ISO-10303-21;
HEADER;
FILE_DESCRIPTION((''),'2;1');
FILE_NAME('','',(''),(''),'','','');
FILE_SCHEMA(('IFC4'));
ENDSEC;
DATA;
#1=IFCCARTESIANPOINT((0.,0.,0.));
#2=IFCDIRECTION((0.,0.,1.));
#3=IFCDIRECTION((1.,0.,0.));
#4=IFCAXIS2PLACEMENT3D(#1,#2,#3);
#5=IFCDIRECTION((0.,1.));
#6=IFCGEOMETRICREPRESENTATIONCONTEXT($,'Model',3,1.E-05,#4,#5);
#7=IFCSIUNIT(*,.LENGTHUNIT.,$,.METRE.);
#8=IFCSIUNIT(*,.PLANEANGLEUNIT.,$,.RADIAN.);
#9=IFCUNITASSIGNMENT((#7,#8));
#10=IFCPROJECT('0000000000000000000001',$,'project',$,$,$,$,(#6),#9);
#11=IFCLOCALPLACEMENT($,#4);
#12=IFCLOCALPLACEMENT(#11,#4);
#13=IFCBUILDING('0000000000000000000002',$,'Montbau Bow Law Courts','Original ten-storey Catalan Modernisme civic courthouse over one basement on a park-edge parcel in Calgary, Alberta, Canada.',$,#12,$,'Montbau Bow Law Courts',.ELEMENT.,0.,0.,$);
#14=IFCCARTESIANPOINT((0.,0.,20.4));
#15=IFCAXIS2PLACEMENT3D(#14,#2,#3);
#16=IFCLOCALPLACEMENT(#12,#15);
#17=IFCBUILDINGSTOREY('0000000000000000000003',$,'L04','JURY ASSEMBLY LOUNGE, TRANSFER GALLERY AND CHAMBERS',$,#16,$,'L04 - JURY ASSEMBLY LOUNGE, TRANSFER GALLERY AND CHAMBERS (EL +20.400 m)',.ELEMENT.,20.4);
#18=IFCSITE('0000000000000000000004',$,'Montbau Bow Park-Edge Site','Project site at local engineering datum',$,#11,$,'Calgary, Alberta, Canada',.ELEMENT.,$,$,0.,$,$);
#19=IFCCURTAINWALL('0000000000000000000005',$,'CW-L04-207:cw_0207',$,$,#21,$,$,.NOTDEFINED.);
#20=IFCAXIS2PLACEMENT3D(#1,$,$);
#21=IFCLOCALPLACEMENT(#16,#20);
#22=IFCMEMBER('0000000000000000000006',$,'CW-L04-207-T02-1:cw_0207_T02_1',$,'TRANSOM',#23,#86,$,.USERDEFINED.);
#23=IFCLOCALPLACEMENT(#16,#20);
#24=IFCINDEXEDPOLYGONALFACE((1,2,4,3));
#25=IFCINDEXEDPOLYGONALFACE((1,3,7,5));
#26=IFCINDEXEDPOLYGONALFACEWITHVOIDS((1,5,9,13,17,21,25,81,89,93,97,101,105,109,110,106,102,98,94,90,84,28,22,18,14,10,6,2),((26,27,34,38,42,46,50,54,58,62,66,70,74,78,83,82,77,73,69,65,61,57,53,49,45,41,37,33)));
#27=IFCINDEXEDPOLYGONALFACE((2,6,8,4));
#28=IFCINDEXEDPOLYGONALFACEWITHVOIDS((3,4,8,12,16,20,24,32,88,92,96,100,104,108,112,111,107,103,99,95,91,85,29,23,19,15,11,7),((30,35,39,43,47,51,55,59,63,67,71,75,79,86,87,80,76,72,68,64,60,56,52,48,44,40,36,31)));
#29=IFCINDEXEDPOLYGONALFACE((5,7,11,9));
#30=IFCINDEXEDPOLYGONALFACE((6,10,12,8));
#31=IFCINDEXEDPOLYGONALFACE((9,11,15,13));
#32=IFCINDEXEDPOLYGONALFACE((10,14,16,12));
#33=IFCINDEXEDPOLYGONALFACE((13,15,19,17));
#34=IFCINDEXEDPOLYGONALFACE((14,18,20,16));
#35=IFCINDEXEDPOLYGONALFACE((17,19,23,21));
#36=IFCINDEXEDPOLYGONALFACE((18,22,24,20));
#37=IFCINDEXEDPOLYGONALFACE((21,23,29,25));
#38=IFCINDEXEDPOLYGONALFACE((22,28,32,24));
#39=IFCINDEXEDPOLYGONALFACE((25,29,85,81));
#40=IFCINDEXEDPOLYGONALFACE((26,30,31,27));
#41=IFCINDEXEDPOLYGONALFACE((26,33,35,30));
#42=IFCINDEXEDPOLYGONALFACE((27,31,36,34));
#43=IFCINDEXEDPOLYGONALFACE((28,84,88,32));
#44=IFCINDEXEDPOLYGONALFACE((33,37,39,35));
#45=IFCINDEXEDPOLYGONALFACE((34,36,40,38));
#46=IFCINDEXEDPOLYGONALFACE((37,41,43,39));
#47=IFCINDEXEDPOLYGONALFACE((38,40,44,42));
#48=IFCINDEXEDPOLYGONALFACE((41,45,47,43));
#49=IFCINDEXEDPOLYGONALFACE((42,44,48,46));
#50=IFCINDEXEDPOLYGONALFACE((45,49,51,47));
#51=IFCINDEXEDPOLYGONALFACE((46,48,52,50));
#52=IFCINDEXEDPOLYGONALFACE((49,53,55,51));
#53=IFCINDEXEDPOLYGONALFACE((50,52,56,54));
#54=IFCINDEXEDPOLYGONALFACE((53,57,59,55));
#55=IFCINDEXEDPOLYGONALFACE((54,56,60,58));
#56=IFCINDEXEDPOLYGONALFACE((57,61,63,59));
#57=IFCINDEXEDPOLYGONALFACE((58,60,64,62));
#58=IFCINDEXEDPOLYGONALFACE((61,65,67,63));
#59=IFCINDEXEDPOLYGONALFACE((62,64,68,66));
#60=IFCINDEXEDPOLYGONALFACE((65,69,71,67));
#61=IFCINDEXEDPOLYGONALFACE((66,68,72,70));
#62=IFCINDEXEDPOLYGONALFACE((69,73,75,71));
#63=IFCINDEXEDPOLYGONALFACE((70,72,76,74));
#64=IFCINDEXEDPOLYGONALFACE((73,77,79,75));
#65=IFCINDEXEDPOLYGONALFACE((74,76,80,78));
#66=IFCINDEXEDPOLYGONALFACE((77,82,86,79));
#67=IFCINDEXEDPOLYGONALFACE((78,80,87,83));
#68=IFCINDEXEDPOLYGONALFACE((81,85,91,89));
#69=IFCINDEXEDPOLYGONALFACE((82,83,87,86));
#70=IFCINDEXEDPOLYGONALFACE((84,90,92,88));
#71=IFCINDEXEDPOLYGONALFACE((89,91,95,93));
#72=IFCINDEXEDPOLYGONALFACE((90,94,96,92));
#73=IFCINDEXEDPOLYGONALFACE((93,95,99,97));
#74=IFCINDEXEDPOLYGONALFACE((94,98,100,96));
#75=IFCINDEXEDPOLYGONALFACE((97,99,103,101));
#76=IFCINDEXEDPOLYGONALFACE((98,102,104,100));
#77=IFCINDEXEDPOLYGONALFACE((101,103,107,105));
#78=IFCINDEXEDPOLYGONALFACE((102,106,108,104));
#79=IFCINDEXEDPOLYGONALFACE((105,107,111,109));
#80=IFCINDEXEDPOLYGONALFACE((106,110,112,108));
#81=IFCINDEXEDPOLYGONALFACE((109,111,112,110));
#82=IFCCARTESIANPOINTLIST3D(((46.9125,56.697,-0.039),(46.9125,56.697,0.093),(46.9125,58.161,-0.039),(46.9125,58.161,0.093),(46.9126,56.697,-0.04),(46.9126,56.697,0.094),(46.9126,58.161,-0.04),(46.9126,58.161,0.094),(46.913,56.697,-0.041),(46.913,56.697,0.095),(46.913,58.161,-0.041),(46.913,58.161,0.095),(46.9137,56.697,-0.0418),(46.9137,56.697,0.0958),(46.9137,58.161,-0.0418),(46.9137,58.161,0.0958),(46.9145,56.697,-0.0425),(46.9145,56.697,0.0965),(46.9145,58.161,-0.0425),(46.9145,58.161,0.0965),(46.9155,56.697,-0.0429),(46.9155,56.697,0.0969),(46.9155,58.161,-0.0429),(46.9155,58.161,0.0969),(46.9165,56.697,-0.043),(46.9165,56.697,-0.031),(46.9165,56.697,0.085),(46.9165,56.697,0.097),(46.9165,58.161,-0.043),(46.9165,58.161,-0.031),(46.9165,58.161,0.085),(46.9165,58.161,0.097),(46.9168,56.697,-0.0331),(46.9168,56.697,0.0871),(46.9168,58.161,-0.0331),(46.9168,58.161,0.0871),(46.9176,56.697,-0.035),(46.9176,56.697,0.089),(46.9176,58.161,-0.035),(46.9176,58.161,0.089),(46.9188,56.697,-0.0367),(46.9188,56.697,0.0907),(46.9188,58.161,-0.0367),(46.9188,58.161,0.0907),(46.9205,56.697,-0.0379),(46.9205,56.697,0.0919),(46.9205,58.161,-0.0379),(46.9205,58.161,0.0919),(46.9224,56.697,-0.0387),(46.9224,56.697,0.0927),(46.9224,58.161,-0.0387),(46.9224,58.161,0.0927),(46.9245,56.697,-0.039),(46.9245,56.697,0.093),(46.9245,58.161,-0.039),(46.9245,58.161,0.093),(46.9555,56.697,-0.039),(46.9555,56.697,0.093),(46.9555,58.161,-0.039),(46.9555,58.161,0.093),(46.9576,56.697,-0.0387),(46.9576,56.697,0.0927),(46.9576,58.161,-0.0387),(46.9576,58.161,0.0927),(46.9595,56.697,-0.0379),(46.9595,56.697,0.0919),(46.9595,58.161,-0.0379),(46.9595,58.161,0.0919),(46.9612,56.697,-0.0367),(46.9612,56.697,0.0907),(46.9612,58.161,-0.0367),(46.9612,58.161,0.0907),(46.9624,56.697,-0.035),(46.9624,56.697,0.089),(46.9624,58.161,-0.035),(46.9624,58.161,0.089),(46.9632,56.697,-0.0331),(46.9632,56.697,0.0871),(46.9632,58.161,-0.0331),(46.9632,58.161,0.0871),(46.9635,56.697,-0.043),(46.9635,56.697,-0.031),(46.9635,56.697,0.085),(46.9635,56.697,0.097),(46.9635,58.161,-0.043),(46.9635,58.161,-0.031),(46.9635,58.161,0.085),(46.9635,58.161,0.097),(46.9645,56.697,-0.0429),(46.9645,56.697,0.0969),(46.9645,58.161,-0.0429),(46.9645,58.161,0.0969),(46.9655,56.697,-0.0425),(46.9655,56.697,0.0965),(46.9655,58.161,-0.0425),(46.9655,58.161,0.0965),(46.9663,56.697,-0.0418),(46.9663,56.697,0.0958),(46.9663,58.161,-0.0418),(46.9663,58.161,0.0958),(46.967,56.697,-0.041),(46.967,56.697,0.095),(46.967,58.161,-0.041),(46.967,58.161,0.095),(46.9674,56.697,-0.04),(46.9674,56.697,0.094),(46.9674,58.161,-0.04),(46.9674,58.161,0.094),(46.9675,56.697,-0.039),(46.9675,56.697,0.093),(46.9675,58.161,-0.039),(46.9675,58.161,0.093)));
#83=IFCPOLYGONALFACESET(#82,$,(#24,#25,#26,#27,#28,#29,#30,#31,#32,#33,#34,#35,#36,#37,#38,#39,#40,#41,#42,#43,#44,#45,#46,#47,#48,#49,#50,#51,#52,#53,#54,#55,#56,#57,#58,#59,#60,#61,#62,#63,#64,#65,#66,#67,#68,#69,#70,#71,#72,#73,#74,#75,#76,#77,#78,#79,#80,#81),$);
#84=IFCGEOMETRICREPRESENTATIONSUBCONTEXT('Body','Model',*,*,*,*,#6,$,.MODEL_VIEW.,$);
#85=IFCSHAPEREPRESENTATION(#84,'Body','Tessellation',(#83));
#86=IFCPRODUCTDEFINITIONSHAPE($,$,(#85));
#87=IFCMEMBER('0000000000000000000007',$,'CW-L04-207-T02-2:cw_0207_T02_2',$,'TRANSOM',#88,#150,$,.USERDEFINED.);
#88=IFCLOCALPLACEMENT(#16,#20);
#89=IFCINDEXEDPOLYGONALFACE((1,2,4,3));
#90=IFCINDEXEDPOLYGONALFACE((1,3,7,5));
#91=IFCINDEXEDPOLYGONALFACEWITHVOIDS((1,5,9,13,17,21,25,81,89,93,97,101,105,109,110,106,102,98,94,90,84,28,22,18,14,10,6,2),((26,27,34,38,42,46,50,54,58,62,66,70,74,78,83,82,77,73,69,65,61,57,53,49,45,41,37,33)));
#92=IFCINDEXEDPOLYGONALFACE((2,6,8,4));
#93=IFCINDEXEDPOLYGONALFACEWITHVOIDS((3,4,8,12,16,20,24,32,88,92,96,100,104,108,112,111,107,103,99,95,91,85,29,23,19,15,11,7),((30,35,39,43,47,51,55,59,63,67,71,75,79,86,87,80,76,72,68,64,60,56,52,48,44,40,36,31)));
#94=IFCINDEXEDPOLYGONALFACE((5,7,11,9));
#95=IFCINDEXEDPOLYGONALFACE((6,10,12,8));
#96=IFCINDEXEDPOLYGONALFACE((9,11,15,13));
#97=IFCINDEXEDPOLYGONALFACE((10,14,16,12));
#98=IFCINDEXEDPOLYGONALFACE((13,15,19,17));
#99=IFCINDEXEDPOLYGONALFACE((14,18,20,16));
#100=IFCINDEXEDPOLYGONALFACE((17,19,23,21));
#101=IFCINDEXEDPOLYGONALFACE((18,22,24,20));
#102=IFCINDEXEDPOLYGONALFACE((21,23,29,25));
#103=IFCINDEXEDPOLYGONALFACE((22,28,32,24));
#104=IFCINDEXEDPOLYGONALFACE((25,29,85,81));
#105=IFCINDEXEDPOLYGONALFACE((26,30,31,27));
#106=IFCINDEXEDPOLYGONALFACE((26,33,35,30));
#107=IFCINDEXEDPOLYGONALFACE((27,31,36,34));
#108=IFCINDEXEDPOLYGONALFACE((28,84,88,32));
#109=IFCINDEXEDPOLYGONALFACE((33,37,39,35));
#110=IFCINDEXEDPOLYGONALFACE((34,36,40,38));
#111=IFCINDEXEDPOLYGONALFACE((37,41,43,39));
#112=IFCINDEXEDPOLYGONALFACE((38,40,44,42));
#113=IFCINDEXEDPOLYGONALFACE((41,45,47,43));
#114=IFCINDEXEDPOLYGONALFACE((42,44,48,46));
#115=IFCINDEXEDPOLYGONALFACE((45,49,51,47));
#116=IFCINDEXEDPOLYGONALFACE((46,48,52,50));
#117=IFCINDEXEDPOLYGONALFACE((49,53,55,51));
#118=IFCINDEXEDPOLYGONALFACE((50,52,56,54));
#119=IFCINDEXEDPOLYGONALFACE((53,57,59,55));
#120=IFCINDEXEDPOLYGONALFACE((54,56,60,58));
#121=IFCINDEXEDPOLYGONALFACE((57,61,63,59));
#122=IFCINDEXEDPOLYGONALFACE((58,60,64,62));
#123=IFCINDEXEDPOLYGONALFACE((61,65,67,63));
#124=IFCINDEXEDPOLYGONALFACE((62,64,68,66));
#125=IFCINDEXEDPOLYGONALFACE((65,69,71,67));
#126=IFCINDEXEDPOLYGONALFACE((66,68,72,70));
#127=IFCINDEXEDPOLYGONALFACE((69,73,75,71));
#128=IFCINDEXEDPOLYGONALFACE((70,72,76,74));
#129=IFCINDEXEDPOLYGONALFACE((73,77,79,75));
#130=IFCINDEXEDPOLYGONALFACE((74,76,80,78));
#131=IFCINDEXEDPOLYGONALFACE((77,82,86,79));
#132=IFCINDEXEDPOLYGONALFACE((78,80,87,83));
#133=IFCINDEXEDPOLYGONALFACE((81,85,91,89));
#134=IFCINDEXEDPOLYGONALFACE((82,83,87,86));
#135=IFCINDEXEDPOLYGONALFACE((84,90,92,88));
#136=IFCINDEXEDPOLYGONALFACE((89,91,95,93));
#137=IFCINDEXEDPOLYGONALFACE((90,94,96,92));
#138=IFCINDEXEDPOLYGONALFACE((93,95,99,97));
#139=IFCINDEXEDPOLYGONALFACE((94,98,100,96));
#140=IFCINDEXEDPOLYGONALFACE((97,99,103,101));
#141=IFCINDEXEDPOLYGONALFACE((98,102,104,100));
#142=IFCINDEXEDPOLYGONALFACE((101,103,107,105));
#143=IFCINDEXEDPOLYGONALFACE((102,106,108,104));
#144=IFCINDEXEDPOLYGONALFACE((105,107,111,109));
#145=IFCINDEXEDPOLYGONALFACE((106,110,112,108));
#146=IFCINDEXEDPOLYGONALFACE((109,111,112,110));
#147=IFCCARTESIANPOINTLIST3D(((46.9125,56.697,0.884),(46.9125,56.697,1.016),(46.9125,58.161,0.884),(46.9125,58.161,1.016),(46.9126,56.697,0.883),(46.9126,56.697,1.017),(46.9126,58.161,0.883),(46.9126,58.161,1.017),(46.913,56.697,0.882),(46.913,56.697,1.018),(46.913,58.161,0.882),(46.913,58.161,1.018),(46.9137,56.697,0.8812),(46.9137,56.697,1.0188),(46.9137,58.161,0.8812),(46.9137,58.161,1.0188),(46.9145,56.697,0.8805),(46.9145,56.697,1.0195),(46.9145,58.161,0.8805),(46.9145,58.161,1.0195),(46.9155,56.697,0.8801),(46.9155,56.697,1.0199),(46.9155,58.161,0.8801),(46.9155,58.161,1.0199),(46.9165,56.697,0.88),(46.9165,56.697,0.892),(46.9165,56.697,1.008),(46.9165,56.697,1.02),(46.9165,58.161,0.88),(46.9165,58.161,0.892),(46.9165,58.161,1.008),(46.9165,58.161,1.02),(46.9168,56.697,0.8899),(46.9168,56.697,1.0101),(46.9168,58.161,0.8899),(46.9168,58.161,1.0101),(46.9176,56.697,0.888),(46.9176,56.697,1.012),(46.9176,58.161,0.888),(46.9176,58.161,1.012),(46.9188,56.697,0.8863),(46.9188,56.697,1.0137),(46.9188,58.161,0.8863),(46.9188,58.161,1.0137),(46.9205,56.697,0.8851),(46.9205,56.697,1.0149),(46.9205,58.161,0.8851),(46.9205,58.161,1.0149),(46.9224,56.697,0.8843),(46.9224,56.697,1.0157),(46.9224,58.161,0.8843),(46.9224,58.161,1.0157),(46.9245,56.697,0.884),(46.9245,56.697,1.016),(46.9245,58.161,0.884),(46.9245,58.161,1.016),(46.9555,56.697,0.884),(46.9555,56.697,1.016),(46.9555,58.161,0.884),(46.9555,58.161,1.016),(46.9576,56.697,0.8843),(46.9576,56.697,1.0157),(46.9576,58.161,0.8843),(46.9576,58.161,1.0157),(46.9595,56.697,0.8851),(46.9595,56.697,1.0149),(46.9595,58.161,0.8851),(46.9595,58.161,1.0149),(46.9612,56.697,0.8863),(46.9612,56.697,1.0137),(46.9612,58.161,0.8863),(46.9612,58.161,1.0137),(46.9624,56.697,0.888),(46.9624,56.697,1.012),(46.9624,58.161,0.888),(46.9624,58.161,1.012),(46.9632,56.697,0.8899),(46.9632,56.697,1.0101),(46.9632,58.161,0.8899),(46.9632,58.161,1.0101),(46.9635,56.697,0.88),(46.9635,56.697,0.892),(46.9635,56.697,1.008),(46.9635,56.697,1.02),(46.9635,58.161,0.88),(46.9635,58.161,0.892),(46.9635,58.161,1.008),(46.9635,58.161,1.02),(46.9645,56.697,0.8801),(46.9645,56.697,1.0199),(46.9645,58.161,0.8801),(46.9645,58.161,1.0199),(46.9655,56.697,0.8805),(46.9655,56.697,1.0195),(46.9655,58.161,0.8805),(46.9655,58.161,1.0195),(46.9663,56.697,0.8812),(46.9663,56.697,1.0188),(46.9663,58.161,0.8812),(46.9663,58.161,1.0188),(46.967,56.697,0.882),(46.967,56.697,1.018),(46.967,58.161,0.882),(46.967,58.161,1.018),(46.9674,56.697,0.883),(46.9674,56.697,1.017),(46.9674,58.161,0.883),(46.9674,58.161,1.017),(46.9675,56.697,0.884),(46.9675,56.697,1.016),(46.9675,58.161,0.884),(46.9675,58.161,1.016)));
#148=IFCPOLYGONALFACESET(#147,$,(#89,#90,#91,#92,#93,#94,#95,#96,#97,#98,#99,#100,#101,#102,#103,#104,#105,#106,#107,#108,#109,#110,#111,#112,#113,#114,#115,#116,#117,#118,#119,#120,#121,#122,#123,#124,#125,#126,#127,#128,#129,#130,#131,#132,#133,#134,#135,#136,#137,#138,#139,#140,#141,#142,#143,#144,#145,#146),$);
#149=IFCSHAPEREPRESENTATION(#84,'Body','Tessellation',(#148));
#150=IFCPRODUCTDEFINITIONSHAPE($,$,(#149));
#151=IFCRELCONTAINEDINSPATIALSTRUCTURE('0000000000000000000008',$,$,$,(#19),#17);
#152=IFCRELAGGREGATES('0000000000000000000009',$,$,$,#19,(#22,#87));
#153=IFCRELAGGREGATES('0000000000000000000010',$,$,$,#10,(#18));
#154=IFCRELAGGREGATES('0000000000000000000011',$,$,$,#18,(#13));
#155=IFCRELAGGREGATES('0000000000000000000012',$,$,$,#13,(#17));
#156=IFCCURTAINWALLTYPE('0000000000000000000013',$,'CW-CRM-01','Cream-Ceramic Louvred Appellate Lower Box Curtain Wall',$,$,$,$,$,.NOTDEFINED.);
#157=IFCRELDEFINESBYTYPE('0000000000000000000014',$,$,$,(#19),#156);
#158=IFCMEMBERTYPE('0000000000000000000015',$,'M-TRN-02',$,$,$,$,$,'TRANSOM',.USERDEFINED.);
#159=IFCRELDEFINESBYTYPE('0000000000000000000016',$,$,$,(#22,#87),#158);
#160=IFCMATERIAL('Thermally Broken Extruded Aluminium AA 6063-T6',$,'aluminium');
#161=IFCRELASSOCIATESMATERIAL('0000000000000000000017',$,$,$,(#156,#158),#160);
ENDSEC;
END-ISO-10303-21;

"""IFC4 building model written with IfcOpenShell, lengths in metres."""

from ifc_helpers import new_model, si_unit, direction, frame, origin_with_axes, origin_2d_with_axis, place, context, subcontext, project, spatial, hollow_rectangle, extrude, material, material_profile, profile_set, type_object, element, aggregate, save


model = new_model("IFC4")

# Units and contexts
model_context = context("Model", 3, precision=1e-05, world=origin_with_axes(), true_north=direction((0.0, 1.0)))
body_context = subcontext(model_context, "Body", "Model", "MODEL_VIEW")
ifc_project = project(units=[si_unit("LENGTHUNIT", "METRE"), si_unit("PLANEANGLEUNIT", "RADIAN")], contexts=[model_context])

# Site, building, storey
site_placement = place(None, origin_with_axes())
site = spatial("IfcSite", under=ifc_project, at=site_placement, Name="Montbau Bow Park-Edge Site", Description="Project site at local engineering datum", LongName="Calgary, Alberta, Canada", CompositionType="ELEMENT", RefElevation=0.0)
building_placement = place(site_placement, origin_with_axes())
building = spatial("IfcBuilding", under=site, at=building_placement, Name="Montbau Bow Law Courts", Description="Original ten-storey Catalan Modernisme civic courthouse over one basement on a park-edge parcel in Calgary, Alberta, Canada.", LongName="Montbau Bow Law Courts", CompositionType="ELEMENT", ElevationOfRefHeight=0.0, ElevationOfTerrain=0.0)
storey_placement = place(building_placement, frame((0.0, 0.0, 20.4), z_axis=(0.0, 0.0, 1.0), x_axis=(1.0, 0.0, 0.0)))
storey = spatial("IfcBuildingStorey", under=building, at=storey_placement, Name="L04", Description="JURY ASSEMBLY LOUNGE, TRANSFER GALLERY AND CHAMBERS", LongName="L04 - JURY ASSEMBLY LOUNGE, TRANSFER GALLERY AND CHAMBERS (EL +20.400 m)", CompositionType="ELEMENT", Elevation=20.4)

# Curtain wall
ifc_material_1 = material(Name="Thermally Broken Extruded Aluminium AA 6063-T6", Category="aluminium")
curtain_wall_type = type_object("IfcCurtainWallType", Name="CW-CRM-01", Description="Cream-Ceramic Louvred Appellate Lower Box Curtain Wall", PredefinedType="NOTDEFINED", material=ifc_material_1)
curtain_wall_1_placement = place(None, frame((46.94, 55.115, 20.4), z_axis=(0.0, 0.0, 1.0), x_axis=(1.0, 0.0, 0.0)))
curtain_wall_1 = element("IfcCurtainWall", 1, at=curtain_wall_1_placement, inside=storey, type_object=curtain_wall_type, Name="CW-L04-207:cw_0207", PredefinedType="NOTDEFINED")

# Members
ifc_material_profile_1 = material_profile(ifc_material_1, hollow_rectangle(XDim=0.055, YDim=0.14, WallThickness=0.004, InnerFilletRadius=0.008, OuterFilletRadius=0.004, at=origin_2d_with_axis()), Name="CWT-140X55", Category="Main", Priority=0)
ifc_profile_set_1 = profile_set([ifc_material_profile_1], Name="Thermally Broken Extruded Aluminium AA 6063-T6")
member_type_1 = type_object("IfcMemberType", Name="M-TRN-02", ElementType="TRANSOM", PredefinedType="USERDEFINED", material=ifc_profile_set_1)
member_1_placement = place(None, frame((46.94, 56.697, 20.427), z_axis=(0.0, 1.0, 0.0), x_axis=(-1.0, 0.0, 0.0)))
member_1 = element("IfcMember", 2, at=member_1_placement, type_object=member_type_1, Name="CW-L04-207-T02-1:cw_0207_T02_1", ObjectType="TRANSOM", PredefinedType="USERDEFINED", context=body_context, shape_type="SweptSolid", body=[
    extrude(hollow_rectangle(XDim=0.055, YDim=0.14, WallThickness=0.004, InnerFilletRadius=0.008, OuterFilletRadius=0.004, at=origin_2d_with_axis()), origin_with_axes(), (0.0, 0.0, 1.0), 1.464),
])
member_2_placement = place(None, frame((46.94, 56.697, 21.35), z_axis=(0.0, 1.0, 0.0), x_axis=(-1.0, 0.0, 0.0)))
member_2 = element("IfcMember", 3, at=member_2_placement, type_object=member_type_1, Name="CW-L04-207-T02-2:cw_0207_T02_2", ObjectType="TRANSOM", PredefinedType="USERDEFINED", context=body_context, shape_type="SweptSolid", body=[
    extrude(hollow_rectangle(XDim=0.055, YDim=0.14, WallThickness=0.004, InnerFilletRadius=0.008, OuterFilletRadius=0.004, at=origin_2d_with_axis()), origin_with_axes(), (0.0, 0.0, 1.0), 1.464),
])

aggregate(curtain_wall_1, [member_1, member_2])

save(model, "model.ifc")
